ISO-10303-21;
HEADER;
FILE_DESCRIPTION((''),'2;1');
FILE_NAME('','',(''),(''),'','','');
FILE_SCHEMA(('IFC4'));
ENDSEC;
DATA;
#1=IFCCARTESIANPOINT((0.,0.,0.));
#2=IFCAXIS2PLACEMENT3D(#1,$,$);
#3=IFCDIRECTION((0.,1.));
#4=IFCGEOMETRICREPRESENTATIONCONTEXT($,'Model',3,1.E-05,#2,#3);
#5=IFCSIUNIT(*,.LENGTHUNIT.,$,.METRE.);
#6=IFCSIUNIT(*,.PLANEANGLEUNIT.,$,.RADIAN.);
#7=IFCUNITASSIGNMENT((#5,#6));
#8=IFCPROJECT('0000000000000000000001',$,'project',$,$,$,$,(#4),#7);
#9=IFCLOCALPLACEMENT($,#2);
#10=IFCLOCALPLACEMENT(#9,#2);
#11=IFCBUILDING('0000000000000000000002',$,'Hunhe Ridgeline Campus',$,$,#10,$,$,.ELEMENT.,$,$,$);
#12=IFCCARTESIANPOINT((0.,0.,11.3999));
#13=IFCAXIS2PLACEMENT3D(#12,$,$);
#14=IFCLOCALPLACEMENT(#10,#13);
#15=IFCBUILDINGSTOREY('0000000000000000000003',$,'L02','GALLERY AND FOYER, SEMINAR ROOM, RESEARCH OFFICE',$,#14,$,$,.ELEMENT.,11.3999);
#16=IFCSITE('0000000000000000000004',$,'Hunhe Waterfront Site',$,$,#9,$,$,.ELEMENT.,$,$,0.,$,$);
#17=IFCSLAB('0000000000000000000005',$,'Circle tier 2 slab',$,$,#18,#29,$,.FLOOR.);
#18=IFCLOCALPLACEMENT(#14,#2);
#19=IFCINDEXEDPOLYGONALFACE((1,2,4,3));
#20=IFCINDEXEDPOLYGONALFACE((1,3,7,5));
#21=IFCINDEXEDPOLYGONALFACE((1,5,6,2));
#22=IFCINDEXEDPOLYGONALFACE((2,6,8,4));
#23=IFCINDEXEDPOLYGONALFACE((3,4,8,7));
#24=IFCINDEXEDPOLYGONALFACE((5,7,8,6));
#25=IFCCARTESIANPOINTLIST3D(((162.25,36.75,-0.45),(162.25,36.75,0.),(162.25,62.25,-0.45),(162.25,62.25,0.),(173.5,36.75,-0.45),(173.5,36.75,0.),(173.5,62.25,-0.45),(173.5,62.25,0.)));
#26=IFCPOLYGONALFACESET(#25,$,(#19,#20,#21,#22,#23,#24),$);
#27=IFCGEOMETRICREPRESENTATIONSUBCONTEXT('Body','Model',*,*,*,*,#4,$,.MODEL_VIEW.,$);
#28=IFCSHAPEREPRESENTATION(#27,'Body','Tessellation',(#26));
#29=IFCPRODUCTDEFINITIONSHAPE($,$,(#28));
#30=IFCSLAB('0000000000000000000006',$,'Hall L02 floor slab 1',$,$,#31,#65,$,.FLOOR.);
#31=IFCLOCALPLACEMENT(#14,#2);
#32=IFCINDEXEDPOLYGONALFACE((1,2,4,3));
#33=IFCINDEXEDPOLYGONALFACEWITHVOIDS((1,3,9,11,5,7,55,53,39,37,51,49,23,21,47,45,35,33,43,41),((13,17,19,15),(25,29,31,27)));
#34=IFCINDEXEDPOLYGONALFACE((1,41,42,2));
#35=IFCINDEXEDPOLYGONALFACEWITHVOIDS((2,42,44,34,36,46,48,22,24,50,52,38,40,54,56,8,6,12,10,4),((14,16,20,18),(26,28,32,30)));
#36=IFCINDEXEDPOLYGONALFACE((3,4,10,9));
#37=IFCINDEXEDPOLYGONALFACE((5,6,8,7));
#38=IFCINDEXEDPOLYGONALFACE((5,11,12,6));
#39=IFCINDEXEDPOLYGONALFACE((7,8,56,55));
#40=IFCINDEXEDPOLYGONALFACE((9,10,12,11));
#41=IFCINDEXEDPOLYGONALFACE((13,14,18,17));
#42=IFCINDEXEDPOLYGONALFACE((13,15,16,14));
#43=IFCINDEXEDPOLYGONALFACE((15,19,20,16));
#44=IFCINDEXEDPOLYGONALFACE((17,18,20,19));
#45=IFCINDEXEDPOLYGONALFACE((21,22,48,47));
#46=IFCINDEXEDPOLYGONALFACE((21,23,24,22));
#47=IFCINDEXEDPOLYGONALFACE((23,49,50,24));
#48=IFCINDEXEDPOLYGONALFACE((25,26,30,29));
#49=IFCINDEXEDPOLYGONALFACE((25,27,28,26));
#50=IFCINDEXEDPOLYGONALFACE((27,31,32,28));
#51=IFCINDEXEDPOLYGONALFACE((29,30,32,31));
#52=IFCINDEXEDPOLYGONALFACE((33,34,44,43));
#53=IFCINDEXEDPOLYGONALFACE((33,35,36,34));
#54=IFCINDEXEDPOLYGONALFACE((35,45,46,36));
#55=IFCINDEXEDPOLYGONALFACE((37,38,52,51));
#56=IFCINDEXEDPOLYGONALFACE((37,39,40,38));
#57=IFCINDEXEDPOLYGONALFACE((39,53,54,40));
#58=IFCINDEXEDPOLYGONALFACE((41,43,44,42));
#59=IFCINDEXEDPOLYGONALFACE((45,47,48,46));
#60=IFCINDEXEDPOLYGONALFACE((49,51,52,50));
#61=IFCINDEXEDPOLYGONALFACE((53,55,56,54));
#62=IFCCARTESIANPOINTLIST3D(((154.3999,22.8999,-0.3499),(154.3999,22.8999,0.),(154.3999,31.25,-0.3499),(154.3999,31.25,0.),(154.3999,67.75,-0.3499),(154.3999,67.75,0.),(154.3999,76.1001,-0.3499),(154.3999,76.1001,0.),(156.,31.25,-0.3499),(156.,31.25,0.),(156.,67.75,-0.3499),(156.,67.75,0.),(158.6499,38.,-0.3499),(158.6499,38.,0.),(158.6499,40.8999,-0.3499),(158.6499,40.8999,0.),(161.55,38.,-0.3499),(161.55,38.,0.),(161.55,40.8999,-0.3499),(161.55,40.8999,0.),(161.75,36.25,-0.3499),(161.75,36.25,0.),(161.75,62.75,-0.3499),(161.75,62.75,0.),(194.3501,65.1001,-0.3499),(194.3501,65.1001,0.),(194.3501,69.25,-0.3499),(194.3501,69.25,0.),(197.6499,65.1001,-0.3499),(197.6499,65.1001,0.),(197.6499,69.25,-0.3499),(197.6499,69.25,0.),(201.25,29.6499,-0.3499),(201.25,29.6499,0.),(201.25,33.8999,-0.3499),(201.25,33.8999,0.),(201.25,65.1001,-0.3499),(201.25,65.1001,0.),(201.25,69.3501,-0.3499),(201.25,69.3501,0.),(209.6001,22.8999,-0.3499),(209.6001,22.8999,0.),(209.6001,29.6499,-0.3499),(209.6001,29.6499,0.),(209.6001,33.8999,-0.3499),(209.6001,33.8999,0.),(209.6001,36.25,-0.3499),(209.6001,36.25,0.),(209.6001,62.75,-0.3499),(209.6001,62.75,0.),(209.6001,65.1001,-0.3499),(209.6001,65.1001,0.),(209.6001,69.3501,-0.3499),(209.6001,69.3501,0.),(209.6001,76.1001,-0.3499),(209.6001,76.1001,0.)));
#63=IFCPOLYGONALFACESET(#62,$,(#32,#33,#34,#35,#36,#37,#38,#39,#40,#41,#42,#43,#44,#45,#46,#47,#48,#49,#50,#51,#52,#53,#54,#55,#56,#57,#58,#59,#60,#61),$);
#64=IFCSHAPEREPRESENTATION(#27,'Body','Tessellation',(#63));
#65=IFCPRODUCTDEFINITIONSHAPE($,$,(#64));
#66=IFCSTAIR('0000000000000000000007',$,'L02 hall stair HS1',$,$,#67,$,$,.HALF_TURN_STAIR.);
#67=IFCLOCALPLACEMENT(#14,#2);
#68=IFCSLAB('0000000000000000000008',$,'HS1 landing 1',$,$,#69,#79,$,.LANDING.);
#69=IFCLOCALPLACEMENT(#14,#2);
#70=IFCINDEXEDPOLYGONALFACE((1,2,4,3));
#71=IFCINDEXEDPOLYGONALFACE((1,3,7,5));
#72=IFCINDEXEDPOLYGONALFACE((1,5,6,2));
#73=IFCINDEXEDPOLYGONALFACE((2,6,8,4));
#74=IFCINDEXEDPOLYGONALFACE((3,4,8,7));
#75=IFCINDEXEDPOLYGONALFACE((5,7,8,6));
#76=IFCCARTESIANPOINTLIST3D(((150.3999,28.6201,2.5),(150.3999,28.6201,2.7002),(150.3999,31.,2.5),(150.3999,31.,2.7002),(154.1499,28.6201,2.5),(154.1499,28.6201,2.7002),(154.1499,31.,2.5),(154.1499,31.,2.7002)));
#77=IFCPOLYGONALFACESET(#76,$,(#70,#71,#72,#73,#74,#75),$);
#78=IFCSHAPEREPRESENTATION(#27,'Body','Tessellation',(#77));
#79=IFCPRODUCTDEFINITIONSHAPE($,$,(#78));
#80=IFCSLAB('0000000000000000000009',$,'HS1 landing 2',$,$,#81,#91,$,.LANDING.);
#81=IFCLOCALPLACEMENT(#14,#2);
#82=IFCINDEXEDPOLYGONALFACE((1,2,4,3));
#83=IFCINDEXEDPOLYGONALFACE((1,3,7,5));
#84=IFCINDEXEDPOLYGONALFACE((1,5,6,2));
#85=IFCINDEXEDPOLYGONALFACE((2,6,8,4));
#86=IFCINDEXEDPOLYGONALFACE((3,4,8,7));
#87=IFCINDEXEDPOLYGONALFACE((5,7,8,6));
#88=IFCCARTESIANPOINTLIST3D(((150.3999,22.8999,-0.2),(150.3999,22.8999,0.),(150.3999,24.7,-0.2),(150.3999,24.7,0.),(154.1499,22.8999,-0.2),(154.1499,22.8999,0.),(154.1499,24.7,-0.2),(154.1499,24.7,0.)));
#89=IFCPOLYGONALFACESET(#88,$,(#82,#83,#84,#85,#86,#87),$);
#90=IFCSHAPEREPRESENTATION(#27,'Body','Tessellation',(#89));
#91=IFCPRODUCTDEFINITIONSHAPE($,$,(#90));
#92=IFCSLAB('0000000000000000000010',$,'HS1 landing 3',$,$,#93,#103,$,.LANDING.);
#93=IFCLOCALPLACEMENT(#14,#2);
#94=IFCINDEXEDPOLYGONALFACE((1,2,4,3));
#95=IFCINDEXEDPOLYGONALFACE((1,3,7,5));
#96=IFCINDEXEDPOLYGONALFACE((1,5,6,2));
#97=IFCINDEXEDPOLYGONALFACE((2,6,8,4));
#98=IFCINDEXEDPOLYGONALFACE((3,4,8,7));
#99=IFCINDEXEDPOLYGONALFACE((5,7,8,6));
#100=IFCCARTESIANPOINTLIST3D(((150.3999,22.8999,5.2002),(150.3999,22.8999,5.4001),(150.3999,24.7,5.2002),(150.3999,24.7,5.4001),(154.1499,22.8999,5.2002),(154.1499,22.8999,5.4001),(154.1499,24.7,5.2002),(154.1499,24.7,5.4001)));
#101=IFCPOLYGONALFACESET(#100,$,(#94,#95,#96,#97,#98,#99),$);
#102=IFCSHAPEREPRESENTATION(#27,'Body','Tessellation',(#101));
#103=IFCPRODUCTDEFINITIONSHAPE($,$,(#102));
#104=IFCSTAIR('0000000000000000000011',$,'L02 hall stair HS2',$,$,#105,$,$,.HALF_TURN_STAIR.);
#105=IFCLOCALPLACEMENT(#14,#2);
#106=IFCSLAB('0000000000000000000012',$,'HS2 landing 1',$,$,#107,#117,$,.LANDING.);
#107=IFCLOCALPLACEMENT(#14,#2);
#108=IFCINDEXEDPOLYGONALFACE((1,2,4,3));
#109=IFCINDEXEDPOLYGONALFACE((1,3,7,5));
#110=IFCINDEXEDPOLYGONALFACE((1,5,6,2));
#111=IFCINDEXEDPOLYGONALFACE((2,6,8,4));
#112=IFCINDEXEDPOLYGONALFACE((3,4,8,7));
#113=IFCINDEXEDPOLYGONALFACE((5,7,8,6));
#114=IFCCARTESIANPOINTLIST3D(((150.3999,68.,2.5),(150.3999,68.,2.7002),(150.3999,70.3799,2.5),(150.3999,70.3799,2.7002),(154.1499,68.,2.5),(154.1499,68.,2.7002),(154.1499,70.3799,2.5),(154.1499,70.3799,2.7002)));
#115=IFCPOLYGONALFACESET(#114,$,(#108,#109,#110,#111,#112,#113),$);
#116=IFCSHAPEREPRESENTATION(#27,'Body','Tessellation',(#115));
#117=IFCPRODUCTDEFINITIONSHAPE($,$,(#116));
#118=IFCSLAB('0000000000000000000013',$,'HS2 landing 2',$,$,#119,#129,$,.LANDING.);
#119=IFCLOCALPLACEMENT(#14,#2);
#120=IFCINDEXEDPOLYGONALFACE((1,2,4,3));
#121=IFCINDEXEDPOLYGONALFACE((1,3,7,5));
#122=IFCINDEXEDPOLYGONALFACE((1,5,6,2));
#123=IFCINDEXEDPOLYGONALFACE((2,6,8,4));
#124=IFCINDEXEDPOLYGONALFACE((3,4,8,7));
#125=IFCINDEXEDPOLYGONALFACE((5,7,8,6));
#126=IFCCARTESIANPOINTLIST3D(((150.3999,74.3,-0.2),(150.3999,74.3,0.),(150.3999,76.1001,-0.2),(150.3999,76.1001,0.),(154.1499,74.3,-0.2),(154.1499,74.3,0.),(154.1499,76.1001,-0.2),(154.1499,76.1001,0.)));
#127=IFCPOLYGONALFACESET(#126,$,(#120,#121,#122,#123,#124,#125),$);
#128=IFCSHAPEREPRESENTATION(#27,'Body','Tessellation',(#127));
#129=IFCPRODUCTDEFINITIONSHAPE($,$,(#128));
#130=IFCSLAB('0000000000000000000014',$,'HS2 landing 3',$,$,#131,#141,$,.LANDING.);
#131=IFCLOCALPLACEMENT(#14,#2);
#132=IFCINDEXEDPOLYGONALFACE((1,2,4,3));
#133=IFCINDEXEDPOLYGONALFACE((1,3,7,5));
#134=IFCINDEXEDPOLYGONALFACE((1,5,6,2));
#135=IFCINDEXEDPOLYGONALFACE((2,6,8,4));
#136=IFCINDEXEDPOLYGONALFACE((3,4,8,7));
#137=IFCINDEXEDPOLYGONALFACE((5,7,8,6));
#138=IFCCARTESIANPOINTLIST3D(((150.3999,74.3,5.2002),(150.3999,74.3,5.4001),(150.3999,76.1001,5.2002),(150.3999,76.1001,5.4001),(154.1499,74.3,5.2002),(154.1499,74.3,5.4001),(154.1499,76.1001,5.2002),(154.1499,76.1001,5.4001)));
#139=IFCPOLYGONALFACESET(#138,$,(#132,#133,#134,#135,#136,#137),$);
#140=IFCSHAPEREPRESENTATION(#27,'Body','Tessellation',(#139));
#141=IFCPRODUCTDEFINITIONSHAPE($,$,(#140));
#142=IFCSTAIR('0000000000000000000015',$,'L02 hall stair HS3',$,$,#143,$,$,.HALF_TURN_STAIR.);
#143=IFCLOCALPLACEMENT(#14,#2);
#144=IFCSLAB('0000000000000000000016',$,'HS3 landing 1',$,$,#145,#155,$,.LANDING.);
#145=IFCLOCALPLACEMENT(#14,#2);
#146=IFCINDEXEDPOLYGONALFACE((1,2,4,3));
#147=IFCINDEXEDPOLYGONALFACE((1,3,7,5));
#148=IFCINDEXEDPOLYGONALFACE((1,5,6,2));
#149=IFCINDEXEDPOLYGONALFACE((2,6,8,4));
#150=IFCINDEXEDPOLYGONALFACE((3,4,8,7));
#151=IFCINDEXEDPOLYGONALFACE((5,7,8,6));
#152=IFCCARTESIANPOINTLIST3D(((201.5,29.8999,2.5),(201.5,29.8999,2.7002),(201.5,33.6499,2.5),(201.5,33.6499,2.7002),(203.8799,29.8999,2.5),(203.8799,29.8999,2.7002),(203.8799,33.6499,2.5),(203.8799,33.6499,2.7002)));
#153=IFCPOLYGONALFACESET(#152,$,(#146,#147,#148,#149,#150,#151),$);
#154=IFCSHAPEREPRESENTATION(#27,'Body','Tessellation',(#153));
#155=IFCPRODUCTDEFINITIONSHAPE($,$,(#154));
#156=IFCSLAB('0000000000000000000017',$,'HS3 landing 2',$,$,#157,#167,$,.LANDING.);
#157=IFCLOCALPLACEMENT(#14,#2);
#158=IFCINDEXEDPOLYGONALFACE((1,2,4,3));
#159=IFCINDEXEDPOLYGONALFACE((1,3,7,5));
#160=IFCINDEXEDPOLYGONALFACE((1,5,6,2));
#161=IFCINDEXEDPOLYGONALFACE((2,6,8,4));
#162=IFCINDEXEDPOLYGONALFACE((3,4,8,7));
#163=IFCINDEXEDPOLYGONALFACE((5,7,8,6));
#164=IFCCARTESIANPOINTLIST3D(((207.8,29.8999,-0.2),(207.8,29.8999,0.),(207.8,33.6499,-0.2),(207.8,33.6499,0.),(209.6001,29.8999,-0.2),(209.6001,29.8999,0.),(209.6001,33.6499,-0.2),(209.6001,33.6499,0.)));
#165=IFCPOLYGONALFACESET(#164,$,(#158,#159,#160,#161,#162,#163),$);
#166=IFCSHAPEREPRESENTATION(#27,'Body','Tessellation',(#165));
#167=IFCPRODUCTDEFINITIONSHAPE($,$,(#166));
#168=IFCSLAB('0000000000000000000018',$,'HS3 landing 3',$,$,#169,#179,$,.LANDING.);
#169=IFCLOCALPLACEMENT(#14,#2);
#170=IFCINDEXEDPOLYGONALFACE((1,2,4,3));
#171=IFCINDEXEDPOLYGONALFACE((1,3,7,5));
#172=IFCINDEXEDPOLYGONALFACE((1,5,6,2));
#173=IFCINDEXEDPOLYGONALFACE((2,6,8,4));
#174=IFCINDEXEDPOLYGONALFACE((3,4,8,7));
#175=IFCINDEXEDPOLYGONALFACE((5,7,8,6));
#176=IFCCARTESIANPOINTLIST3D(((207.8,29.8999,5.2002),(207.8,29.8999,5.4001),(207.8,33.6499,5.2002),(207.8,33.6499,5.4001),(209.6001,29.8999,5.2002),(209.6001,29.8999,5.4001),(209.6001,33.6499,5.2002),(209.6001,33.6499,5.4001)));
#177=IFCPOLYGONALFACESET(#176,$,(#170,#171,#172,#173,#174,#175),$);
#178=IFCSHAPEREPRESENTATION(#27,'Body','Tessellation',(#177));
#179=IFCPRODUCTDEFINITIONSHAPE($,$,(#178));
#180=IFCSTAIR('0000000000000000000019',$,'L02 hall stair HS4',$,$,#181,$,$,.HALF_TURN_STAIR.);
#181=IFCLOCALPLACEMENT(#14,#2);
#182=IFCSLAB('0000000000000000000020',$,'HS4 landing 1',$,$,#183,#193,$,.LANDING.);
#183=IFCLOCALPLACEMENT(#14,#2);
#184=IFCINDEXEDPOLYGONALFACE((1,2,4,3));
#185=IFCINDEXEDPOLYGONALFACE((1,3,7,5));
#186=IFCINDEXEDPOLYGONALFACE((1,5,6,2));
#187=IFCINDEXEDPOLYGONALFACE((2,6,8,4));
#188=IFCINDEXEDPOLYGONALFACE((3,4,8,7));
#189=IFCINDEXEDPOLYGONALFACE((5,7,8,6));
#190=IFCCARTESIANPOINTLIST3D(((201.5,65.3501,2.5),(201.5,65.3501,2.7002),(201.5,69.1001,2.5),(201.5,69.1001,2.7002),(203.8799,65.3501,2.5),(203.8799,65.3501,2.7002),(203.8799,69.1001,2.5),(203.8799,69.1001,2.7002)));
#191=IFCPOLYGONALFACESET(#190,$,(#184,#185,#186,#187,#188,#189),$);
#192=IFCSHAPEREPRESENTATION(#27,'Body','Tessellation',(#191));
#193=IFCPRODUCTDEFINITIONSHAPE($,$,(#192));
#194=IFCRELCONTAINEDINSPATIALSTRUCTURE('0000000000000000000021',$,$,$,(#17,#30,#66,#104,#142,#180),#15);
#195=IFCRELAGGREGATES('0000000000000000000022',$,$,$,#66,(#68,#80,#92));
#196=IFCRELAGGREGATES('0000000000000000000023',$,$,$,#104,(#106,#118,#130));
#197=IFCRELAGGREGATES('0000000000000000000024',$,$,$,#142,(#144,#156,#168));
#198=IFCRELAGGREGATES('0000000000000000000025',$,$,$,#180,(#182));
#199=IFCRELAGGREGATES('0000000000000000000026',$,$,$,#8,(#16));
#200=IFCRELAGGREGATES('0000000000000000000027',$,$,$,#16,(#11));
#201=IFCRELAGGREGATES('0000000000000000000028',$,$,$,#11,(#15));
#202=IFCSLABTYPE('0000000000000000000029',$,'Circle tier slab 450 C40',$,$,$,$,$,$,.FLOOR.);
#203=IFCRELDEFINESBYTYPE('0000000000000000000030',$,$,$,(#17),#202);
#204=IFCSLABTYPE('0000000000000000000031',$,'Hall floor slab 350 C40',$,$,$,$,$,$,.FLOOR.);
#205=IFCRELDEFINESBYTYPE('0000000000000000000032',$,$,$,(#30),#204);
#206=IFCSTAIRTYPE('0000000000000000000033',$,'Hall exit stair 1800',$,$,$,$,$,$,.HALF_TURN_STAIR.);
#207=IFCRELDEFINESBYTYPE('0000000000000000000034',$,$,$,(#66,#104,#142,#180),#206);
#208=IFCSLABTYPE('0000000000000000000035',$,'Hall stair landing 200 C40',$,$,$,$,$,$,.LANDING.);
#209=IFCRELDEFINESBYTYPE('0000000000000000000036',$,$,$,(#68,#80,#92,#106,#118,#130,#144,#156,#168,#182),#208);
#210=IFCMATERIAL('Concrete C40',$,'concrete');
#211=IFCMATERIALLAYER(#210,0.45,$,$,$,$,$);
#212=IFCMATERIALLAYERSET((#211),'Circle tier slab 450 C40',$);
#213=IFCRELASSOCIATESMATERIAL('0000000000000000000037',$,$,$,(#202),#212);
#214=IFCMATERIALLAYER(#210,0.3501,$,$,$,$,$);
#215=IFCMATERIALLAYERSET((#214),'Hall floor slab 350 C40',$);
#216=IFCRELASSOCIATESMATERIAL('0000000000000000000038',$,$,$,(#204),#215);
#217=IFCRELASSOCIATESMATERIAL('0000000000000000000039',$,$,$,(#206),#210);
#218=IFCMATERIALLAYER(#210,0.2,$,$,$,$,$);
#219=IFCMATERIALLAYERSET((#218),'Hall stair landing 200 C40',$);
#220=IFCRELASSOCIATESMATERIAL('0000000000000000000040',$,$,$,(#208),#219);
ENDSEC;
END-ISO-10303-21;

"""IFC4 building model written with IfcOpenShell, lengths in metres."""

from ifc_helpers import new_model, si_unit, direction, frame, origin, place, context, subcontext, project, spatial, polyline, outline, extrude, material, layer, layer_set, type_object, element, aggregate, save


model = new_model("IFC4")

# Units and contexts
model_context = context("Model", 3, precision=1e-05, world=origin(), true_north=direction((0.0, 1.0)))
body_context = subcontext(model_context, "Body", "Model", "MODEL_VIEW")
ifc_project = project(units=[si_unit("LENGTHUNIT", "METRE"), si_unit("PLANEANGLEUNIT", "RADIAN")], contexts=[model_context])

# Site, building, storey
site_placement = place(None, origin())
site = spatial("IfcSite", under=ifc_project, at=site_placement, Name="Hunhe Waterfront Site", CompositionType="ELEMENT", RefElevation=0.0)
building_placement = place(site_placement, origin())
building = spatial("IfcBuilding", under=site, at=building_placement, Name="Hunhe Ridgeline Campus", CompositionType="ELEMENT")
storey_placement = place(building_placement, frame((0.0, 0.0, 11.3999)))
storey = spatial("IfcBuildingStorey", under=building, at=storey_placement, Name="L02", Description="GALLERY AND FOYER, SEMINAR ROOM, RESEARCH OFFICE", CompositionType="ELEMENT", Elevation=11.3999)

# Slabs
ifc_material_1 = material(Name="Concrete C40", Category="concrete")
ifc_layer_1 = layer(ifc_material_1, 0.45)
ifc_layer_set_1 = layer_set([ifc_layer_1], Name="Circle tier slab 450 C40")
slab_type_1 = type_object("IfcSlabType", Name="Circle tier slab 450 C40", PredefinedType="FLOOR", material=ifc_layer_set_1)
slab_1_placement = place(storey_placement, frame((0.0, 0.0, -0.45)))
element("IfcSlab", 1, at=slab_1_placement, inside=storey, type_object=slab_type_1, Name="Circle tier 2 slab", PredefinedType="FLOOR", context=body_context, shape_type="SweptSolid", body=[
    extrude(outline(polyline([(173.5, 36.75), (173.5, 62.25), (162.25, 62.25), (162.25, 36.75), (173.5, 36.75)])), origin(), (0.0, 0.0, 1.0), 0.45),
])
ifc_layer_2 = layer(ifc_material_1, 0.3501)
ifc_layer_set_2 = layer_set([ifc_layer_2], Name="Hall floor slab 350 C40")
slab_type_2 = type_object("IfcSlabType", Name="Hall floor slab 350 C40", PredefinedType="FLOOR", material=ifc_layer_set_2)
slab_2_placement = place(storey_placement, frame((0.0, 0.0, -0.3499)))
element("IfcSlab", 2, at=slab_2_placement, inside=storey, type_object=slab_type_2, Name="Hall L02 floor slab 1", PredefinedType="FLOOR", context=body_context, shape_type="SweptSolid", body=[
    extrude(outline(polyline([(154.3999, 76.1001), (154.3999, 67.75), (156.0, 67.75), (156.0, 31.25), (154.3999, 31.25), (154.3999, 22.8999), (209.6001, 22.8999), (209.6001, 29.6499), (201.25, 29.6499), (201.25, 33.8999), (209.6001, 33.8999), (209.6001, 36.25), (161.75, 36.25), (161.75, 62.75), (209.6001, 62.75), (209.6001, 65.1001), (201.25, 65.1001), (201.25, 69.3501), (209.6001, 69.3501), (209.6001, 76.1001), (154.3999, 76.1001)]), holes=[polyline([(158.6499, 40.8999), (158.6499, 38.0), (161.55, 38.0), (161.55, 40.8999), (158.6499, 40.8999)]), polyline([(194.3501, 69.25), (194.3501, 65.1001), (197.6499, 65.1001), (197.6499, 69.25), (194.3501, 69.25)])]), origin(), (0.0, 0.0, 1.0), 0.3499),
])

# Stairs, slabs
stair_type_1 = type_object("IfcStairType", Name="Hall exit stair 1800", PredefinedType="HALF_TURN_STAIR", material=ifc_material_1)
stair_1_placement = place(storey_placement, origin())
stair_1 = element("IfcStair", 3, at=stair_1_placement, inside=storey, type_object=stair_type_1, Name="L02 hall stair HS1", PredefinedType="HALF_TURN_STAIR")
ifc_layer_3 = layer(ifc_material_1, 0.2)
ifc_layer_set_3 = layer_set([ifc_layer_3], Name="Hall stair landing 200 C40")
slab_type_3 = type_object("IfcSlabType", Name="Hall stair landing 200 C40", PredefinedType="LANDING", material=ifc_layer_set_3)
slab_3_placement = place(storey_placement, frame((0.0, 0.0, 2.5)))
slab_3 = element("IfcSlab", 4, at=slab_3_placement, type_object=slab_type_3, Name="HS1 landing 1", PredefinedType="LANDING", context=body_context, shape_type="SweptSolid", body=[
    extrude(outline(polyline([(154.1499, 28.6201), (154.1499, 31.0), (150.3999, 31.0), (150.3999, 28.6201), (154.1499, 28.6201)])), origin(), (0.0, 0.0, 1.0), 0.2002),
])
slab_4_placement = place(storey_placement, frame((0.0, 0.0, -0.2)))
slab_4 = element("IfcSlab", 5, at=slab_4_placement, type_object=slab_type_3, Name="HS1 landing 2", PredefinedType="LANDING", context=body_context, shape_type="SweptSolid", body=[
    extrude(outline(polyline([(154.1499, 22.8999), (154.1499, 24.7), (150.3999, 24.7), (150.3999, 22.8999), (154.1499, 22.8999)])), origin(), (0.0, 0.0, 1.0), 0.2),
])
slab_5_placement = place(storey_placement, frame((0.0, 0.0, 5.2002)))
slab_5 = element("IfcSlab", 6, at=slab_5_placement, type_object=slab_type_3, Name="HS1 landing 3", PredefinedType="LANDING", context=body_context, shape_type="SweptSolid", body=[
    extrude(outline(polyline([(154.1499, 22.8999), (154.1499, 24.7), (150.3999, 24.7), (150.3999, 22.8999), (154.1499, 22.8999)])), origin(), (0.0, 0.0, 1.0), 0.2),
])
aggregate(stair_1, [slab_3, slab_4, slab_5])
stair_2_placement = place(storey_placement, origin())
stair_2 = element("IfcStair", 7, at=stair_2_placement, inside=storey, type_object=stair_type_1, Name="L02 hall stair HS2", PredefinedType="HALF_TURN_STAIR")
slab_6_placement = place(storey_placement, frame((0.0, 0.0, 2.5)))
slab_6 = element("IfcSlab", 8, at=slab_6_placement, type_object=slab_type_3, Name="HS2 landing 1", PredefinedType="LANDING", context=body_context, shape_type="SweptSolid", body=[
    extrude(outline(polyline([(150.3999, 70.3799), (150.3999, 68.0), (154.1499, 68.0), (154.1499, 70.3799), (150.3999, 70.3799)])), origin(), (0.0, 0.0, 1.0), 0.2002),
])
slab_7_placement = place(storey_placement, frame((0.0, 0.0, -0.2)))
slab_7 = element("IfcSlab", 9, at=slab_7_placement, type_object=slab_type_3, Name="HS2 landing 2", PredefinedType="LANDING", context=body_context, shape_type="SweptSolid", body=[
    extrude(outline(polyline([(150.3999, 76.1001), (150.3999, 74.3), (154.1499, 74.3), (154.1499, 76.1001), (150.3999, 76.1001)])), origin(), (0.0, 0.0, 1.0), 0.2),
])
slab_8_placement = place(storey_placement, frame((0.0, 0.0, 5.2002)))
slab_8 = element("IfcSlab", 10, at=slab_8_placement, type_object=slab_type_3, Name="HS2 landing 3", PredefinedType="LANDING", context=body_context, shape_type="SweptSolid", body=[
    extrude(outline(polyline([(150.3999, 76.1001), (150.3999, 74.3), (154.1499, 74.3), (154.1499, 76.1001), (150.3999, 76.1001)])), origin(), (0.0, 0.0, 1.0), 0.2),
])
aggregate(stair_2, [slab_6, slab_7, slab_8])
stair_3_placement = place(storey_placement, origin())
stair_3 = element("IfcStair", 11, at=stair_3_placement, inside=storey, type_object=stair_type_1, Name="L02 hall stair HS3", PredefinedType="HALF_TURN_STAIR")
slab_9_placement = place(storey_placement, frame((0.0, 0.0, 2.5)))
slab_9 = element("IfcSlab", 12, at=slab_9_placement, type_object=slab_type_3, Name="HS3 landing 1", PredefinedType="LANDING", context=body_context, shape_type="SweptSolid", body=[
    extrude(outline(polyline([(203.8799, 33.6499), (201.5, 33.6499), (201.5, 29.8999), (203.8799, 29.8999), (203.8799, 33.6499)])), origin(), (0.0, 0.0, 1.0), 0.2002),
])
slab_10_placement = place(storey_placement, frame((0.0, 0.0, -0.2)))
slab_10 = element("IfcSlab", 13, at=slab_10_placement, type_object=slab_type_3, Name="HS3 landing 2", PredefinedType="LANDING", context=body_context, shape_type="SweptSolid", body=[
    extrude(outline(polyline([(209.6001, 33.6499), (207.8, 33.6499), (207.8, 29.8999), (209.6001, 29.8999), (209.6001, 33.6499)])), origin(), (0.0, 0.0, 1.0), 0.2),
])
slab_11_placement = place(storey_placement, frame((0.0, 0.0, 5.2002)))
slab_11 = element("IfcSlab", 14, at=slab_11_placement, type_object=slab_type_3, Name="HS3 landing 3", PredefinedType="LANDING", context=body_context, shape_type="SweptSolid", body=[
    extrude(outline(polyline([(209.6001, 33.6499), (207.8, 33.6499), (207.8, 29.8999), (209.6001, 29.8999), (209.6001, 33.6499)])), origin(), (0.0, 0.0, 1.0), 0.2),
])
aggregate(stair_3, [slab_9, slab_10, slab_11])
stair_4_placement = place(storey_placement, origin())
stair_4 = element("IfcStair", 15, at=stair_4_placement, inside=storey, type_object=stair_type_1, Name="L02 hall stair HS4", PredefinedType="HALF_TURN_STAIR")
slab_12_placement = place(storey_placement, frame((0.0, 0.0, 2.5)))
slab_12 = element("IfcSlab", 16, at=slab_12_placement, type_object=slab_type_3, Name="HS4 landing 1", PredefinedType="LANDING", context=body_context, shape_type="SweptSolid", body=[
    extrude(outline(polyline([(203.8799, 69.1001), (201.5, 69.1001), (201.5, 65.3501), (203.8799, 65.3501), (203.8799, 69.1001)])), origin(), (0.0, 0.0, 1.0), 0.2002),
])
aggregate(stair_4, [slab_12])

save(model, "model.ifc")
